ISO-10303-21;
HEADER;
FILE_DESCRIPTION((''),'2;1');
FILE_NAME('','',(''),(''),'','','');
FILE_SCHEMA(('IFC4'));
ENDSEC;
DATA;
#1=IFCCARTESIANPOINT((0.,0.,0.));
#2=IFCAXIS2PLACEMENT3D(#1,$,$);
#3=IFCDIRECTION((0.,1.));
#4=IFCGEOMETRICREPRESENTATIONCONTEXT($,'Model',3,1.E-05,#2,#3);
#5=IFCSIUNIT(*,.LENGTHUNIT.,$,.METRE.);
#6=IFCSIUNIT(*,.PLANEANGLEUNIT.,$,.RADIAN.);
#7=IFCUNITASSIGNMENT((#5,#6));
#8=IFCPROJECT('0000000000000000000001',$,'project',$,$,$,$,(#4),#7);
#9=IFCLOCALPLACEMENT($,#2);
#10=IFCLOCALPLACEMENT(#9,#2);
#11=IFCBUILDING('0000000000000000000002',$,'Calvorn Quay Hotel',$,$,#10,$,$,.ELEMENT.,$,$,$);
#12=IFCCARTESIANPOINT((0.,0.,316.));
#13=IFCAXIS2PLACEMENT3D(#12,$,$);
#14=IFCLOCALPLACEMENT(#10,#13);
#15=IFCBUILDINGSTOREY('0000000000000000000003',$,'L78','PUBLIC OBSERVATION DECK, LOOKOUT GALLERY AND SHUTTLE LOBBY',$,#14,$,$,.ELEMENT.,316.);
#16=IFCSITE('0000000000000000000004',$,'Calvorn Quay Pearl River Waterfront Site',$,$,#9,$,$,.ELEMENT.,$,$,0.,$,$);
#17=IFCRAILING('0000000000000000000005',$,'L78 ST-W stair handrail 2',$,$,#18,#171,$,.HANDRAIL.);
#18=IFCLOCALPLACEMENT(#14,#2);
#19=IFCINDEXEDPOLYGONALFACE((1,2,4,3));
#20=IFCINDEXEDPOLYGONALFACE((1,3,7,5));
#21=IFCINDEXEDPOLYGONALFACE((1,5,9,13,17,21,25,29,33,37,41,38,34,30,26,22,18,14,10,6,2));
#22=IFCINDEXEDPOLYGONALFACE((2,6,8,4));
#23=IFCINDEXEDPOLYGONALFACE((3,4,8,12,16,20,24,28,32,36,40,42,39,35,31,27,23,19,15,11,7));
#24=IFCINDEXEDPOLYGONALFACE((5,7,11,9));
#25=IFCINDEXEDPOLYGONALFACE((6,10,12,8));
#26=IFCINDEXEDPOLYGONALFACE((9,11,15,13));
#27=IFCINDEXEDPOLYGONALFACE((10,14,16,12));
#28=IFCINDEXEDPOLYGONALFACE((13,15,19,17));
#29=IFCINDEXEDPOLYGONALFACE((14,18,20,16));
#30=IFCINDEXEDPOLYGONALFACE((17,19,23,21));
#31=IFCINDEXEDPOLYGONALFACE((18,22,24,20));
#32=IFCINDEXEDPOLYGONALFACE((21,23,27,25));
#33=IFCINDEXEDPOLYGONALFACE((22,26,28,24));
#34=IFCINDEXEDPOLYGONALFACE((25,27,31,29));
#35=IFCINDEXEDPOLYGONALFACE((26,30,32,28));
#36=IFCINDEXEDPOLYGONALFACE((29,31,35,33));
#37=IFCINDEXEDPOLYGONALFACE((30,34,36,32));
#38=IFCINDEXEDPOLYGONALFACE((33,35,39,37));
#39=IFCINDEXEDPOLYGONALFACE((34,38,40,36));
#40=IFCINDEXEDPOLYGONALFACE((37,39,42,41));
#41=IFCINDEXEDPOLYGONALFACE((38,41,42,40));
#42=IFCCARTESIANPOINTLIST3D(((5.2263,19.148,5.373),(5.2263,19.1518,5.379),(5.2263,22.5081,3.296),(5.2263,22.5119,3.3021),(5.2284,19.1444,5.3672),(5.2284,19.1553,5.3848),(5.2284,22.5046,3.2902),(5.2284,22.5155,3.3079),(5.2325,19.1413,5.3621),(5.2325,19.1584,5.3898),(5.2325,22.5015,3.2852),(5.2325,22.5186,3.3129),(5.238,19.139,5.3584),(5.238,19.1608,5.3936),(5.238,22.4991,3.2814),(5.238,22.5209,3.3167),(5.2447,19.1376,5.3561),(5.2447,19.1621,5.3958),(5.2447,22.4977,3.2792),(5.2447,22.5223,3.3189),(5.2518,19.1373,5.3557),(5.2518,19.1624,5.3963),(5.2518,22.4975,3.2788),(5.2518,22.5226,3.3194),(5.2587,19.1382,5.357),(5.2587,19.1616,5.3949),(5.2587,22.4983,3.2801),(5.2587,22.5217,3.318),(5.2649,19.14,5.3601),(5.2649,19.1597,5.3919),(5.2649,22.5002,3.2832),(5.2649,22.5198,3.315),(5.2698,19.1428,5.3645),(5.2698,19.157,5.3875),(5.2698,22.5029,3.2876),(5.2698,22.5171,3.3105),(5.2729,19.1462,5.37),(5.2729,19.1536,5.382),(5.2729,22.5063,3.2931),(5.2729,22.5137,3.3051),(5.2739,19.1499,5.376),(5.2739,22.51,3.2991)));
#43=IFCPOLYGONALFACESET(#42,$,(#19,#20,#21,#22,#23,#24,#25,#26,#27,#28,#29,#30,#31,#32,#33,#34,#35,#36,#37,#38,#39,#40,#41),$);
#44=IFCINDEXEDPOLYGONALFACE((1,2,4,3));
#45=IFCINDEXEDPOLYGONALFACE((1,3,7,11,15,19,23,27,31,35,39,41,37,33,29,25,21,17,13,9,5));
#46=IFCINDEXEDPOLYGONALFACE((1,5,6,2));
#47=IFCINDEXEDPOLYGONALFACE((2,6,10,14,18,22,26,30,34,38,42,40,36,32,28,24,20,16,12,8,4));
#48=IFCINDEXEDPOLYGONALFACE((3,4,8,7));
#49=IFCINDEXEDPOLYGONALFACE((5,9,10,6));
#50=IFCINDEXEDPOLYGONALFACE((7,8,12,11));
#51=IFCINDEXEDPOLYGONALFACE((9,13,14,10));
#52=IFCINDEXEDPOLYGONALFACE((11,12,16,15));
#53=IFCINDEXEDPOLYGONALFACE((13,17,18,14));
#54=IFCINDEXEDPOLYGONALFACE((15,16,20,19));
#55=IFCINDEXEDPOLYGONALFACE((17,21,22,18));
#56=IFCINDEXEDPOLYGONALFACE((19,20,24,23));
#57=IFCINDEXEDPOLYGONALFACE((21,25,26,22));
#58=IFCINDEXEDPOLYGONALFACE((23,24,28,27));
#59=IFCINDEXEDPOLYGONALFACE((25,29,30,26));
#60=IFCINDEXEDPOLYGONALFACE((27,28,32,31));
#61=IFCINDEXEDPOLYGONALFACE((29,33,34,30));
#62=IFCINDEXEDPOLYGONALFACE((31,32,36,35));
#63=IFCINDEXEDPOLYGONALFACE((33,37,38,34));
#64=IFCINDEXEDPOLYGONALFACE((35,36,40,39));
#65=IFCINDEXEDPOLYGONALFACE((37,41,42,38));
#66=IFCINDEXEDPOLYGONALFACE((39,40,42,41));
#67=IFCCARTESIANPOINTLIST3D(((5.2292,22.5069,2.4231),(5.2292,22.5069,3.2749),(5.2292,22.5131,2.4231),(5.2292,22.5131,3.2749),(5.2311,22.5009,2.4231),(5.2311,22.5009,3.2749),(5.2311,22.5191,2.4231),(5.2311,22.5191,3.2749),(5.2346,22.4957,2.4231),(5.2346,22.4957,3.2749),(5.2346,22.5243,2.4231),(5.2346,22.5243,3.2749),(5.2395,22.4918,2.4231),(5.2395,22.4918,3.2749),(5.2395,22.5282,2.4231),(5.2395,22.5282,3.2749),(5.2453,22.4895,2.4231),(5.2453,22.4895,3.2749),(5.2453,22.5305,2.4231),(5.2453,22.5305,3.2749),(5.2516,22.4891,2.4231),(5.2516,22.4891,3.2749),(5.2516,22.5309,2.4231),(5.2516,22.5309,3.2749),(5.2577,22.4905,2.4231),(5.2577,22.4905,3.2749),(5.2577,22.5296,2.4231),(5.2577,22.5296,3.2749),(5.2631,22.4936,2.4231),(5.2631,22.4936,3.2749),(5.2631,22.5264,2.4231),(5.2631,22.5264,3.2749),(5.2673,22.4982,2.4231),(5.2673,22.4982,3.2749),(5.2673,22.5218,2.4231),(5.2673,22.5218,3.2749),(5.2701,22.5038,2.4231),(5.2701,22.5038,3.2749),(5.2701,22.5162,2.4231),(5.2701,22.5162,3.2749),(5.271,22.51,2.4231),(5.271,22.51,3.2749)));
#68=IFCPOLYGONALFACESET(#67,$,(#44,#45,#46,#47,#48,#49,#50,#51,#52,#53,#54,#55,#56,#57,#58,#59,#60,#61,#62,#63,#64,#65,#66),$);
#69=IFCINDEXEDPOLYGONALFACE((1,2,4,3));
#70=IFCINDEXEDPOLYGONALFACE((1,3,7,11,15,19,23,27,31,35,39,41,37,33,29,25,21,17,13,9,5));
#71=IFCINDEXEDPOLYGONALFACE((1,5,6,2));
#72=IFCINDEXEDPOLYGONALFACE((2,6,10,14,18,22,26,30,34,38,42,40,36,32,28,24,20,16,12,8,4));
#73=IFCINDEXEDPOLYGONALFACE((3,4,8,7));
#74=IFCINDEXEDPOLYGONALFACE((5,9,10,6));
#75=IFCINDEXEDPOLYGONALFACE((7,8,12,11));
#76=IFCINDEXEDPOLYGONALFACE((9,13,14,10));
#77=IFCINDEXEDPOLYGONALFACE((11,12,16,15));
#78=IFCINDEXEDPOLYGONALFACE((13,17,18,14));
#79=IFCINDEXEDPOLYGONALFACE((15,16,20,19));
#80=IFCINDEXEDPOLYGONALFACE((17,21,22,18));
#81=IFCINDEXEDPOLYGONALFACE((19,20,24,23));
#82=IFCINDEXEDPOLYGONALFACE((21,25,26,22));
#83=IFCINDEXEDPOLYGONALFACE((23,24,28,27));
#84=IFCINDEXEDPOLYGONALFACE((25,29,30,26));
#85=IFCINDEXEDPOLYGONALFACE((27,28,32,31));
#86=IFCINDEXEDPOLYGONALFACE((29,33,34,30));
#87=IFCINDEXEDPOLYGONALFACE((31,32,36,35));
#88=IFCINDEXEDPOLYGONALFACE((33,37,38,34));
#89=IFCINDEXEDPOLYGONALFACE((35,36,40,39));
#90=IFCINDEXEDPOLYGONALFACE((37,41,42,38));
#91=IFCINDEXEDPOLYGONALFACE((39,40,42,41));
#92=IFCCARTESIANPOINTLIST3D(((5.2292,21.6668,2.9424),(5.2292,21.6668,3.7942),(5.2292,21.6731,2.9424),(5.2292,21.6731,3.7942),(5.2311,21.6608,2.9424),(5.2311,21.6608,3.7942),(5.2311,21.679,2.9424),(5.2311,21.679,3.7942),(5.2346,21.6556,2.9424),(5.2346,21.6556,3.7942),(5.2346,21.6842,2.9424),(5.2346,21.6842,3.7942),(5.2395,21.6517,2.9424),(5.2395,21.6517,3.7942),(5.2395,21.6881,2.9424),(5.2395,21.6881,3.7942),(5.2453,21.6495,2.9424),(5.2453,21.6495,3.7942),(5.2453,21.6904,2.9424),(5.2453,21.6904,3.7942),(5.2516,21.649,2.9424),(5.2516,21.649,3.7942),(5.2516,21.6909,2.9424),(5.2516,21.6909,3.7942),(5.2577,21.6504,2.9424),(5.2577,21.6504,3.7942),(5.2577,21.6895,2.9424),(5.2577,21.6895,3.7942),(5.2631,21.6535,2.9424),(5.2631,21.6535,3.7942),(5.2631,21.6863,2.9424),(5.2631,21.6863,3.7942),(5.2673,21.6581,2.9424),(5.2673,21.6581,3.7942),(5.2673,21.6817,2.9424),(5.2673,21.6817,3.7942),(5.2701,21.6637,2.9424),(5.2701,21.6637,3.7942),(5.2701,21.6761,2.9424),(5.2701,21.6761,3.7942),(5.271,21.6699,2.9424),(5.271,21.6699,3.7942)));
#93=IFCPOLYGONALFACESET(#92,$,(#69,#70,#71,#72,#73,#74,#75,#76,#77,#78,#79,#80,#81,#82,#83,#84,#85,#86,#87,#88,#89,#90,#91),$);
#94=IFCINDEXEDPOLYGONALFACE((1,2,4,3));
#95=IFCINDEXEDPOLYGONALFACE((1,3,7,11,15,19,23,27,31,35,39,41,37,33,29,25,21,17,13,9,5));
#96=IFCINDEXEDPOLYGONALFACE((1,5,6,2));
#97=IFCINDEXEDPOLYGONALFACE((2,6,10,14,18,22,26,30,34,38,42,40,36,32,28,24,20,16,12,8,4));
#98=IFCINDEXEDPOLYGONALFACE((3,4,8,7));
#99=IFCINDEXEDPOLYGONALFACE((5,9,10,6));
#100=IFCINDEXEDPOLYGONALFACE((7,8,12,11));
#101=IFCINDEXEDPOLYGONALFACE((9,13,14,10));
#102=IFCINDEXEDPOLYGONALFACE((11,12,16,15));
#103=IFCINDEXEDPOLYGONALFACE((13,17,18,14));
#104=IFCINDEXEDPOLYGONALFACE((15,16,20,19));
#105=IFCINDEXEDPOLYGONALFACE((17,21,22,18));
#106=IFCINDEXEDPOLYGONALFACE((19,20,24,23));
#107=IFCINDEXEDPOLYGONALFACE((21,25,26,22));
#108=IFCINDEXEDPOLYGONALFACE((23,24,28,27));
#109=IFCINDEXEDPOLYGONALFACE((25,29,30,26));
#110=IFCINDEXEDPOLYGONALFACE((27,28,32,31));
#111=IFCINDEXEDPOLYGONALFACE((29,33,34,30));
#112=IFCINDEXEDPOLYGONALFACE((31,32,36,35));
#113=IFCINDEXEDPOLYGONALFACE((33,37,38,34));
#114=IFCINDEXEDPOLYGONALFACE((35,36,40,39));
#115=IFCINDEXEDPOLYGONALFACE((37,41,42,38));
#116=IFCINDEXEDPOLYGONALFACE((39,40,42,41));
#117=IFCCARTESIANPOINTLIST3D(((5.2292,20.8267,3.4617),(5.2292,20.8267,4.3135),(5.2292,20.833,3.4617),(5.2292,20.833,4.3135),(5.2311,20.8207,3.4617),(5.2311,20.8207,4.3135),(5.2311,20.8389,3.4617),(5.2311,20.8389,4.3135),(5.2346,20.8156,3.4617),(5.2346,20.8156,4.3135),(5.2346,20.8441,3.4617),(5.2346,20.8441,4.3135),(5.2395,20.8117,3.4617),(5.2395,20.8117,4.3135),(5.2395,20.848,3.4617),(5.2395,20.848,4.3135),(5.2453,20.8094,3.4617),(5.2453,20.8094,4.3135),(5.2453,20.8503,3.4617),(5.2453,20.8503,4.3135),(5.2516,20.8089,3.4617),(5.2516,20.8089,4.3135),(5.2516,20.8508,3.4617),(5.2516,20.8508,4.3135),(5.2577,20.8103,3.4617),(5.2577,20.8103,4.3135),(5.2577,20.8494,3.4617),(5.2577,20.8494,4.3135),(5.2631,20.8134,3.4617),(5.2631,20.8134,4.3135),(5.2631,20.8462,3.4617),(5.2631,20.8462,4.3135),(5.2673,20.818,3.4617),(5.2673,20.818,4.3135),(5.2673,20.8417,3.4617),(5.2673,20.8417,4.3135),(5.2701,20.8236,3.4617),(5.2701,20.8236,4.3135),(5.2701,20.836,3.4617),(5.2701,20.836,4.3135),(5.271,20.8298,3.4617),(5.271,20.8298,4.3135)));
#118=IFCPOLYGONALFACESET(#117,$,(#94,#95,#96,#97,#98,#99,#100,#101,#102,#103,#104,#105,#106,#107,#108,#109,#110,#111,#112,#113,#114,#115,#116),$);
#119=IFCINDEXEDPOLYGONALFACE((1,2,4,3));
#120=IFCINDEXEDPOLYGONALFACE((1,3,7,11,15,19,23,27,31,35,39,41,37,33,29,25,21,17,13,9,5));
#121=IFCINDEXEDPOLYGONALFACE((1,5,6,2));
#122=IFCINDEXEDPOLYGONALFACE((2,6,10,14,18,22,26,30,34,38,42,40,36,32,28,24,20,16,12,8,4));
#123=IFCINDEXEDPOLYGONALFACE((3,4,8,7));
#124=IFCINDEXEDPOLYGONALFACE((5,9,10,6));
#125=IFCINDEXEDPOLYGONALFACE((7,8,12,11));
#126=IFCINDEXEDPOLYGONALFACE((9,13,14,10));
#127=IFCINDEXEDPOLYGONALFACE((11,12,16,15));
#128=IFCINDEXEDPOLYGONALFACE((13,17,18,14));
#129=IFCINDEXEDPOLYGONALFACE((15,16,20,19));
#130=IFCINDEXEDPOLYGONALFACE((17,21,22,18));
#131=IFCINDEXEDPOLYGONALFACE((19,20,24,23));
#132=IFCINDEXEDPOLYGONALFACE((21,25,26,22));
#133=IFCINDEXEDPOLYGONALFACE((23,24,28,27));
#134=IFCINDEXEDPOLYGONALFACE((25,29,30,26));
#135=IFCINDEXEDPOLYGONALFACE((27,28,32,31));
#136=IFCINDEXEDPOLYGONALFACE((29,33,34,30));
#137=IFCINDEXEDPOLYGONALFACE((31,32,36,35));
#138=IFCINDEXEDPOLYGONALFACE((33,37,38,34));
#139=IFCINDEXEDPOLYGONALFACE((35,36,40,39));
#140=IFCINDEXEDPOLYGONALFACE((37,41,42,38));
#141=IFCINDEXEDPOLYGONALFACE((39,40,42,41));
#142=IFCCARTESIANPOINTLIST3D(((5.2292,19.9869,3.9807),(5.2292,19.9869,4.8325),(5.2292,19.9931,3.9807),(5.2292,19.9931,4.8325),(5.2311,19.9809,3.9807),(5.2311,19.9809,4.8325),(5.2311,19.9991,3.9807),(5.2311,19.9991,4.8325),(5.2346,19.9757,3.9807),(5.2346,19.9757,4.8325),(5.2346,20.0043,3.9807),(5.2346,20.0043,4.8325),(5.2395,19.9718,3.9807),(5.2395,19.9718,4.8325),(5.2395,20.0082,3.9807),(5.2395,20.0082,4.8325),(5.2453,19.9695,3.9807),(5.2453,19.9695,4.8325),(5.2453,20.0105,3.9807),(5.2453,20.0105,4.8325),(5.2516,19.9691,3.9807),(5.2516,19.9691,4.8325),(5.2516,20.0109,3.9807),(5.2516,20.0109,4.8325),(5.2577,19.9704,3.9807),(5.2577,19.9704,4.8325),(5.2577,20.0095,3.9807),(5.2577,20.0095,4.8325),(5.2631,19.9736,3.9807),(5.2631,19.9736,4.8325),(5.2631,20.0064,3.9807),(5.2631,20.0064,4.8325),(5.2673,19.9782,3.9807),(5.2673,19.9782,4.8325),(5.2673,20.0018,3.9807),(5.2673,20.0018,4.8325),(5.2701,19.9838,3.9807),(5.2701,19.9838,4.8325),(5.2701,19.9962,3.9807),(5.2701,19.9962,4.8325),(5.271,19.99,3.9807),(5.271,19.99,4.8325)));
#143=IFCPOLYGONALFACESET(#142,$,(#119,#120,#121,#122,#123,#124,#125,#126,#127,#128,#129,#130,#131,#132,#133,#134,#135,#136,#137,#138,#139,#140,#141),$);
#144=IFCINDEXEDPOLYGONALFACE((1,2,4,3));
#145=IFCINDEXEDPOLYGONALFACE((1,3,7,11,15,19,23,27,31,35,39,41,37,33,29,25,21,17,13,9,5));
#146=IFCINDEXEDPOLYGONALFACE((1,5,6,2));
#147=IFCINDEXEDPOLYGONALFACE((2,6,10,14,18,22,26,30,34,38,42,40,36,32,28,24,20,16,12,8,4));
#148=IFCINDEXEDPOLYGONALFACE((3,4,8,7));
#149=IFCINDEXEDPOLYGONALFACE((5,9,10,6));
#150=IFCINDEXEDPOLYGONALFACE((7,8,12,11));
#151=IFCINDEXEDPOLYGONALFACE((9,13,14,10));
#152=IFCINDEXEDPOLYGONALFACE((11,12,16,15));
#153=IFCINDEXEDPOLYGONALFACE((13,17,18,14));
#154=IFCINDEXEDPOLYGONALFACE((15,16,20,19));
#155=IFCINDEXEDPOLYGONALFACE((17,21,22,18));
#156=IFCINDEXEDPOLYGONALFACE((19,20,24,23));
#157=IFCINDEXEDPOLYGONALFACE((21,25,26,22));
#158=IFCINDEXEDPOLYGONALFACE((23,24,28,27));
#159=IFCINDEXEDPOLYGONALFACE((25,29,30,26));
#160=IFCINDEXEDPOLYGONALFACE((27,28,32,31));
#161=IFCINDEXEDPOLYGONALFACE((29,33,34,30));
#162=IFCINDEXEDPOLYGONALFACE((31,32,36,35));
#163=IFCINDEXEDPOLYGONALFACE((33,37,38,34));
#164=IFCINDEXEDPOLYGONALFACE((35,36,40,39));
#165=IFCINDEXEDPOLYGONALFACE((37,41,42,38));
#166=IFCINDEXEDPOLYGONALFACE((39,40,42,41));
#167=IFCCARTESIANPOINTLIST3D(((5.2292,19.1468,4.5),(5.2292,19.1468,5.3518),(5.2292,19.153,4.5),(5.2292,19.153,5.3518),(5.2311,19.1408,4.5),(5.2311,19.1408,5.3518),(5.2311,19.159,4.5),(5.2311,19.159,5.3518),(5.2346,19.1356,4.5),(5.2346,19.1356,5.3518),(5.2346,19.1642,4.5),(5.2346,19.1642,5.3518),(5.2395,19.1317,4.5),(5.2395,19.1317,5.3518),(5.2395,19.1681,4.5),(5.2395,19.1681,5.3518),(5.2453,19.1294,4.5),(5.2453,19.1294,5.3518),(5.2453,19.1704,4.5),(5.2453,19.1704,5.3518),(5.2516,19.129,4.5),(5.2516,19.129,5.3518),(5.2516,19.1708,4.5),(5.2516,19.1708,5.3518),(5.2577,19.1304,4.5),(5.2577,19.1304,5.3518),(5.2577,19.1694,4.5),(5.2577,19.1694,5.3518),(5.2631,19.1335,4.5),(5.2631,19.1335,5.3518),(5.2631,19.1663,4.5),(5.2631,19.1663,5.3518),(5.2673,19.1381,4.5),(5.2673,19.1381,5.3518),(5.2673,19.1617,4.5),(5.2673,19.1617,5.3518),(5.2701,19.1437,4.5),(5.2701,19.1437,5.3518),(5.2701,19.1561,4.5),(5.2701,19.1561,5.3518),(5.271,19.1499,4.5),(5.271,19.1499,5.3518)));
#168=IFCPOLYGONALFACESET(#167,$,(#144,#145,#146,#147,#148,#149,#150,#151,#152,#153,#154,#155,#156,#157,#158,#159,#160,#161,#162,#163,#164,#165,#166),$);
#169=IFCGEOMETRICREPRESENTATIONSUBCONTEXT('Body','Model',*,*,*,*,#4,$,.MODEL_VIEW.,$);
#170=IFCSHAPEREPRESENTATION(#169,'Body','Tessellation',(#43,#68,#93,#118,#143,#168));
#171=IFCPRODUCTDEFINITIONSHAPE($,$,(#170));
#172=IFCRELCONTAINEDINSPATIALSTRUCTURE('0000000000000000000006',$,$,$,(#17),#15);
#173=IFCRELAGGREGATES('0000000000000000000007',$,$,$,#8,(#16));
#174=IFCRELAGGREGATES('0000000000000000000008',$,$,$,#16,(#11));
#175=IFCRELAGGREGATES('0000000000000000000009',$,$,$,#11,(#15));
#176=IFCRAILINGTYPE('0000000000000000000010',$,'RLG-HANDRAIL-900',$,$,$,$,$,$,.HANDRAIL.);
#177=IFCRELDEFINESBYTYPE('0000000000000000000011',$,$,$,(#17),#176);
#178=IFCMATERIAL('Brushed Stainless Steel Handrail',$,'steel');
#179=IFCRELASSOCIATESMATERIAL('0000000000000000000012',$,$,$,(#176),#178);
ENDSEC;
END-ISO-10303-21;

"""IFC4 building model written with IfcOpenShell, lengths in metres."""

from ifc_helpers import new_model, si_unit, direction, frame, origin, origin_2d, place, context, subcontext, project, spatial, circle, extrude, material, type_object, element, save


model = new_model("IFC4")

# Units and contexts
model_context = context("Model", 3, precision=1e-05, world=origin(), true_north=direction((0.0, 1.0)))
body_context = subcontext(model_context, "Body", "Model", "MODEL_VIEW")
ifc_project = project(units=[si_unit("LENGTHUNIT", "METRE"), si_unit("PLANEANGLEUNIT", "RADIAN")], contexts=[model_context])

# Site, building, storey
site_placement = place(None, origin())
site = spatial("IfcSite", under=ifc_project, at=site_placement, Name="Calvorn Quay Pearl River Waterfront Site", CompositionType="ELEMENT", RefElevation=0.0)
building_placement = place(site_placement, origin())
building = spatial("IfcBuilding", under=site, at=building_placement, Name="Calvorn Quay Hotel", CompositionType="ELEMENT")
storey_placement = place(building_placement, frame((0.0, 0.0, 316.0)))
storey = spatial("IfcBuildingStorey", under=building, at=storey_placement, Name="L78", Description="PUBLIC OBSERVATION DECK, LOOKOUT GALLERY AND SHUTTLE LOBBY", CompositionType="ELEMENT", Elevation=316.0)

# Railing
ifc_material_1 = material(Name="Brushed Stainless Steel Handrail", Category="steel")
railing_type_1 = type_object("IfcRailingType", Name="RLG-HANDRAIL-900", PredefinedType="HANDRAIL", material=ifc_material_1)
railing_1_placement = place(storey_placement, frame((5.25, 22.51, 2.4231)))
element("IfcRailing", 1, at=railing_1_placement, inside=storey, type_object=railing_type_1, Name="L78 ST-W stair handrail 2", PredefinedType="HANDRAIL", context=body_context, shape_type="SweptSolid", body=[
    extrude(circle(Radius=0.0239, at=origin_2d()), frame((0.0, 0.0, 0.876), z_axis=(0.0, -0.850623, 0.525776), x_axis=(1.0, 0.0, 0.0)), (0.0, 0.0, 1.0), 3.9502),
    extrude(circle(Radius=0.021, at=origin_2d()), origin(), (0.0, 0.0, 1.0), 0.8518),
    extrude(circle(Radius=0.021, at=origin_2d()), frame((0.0, -0.8401, 0.5193)), (0.0, 0.0, 1.0), 0.8518),
    extrude(circle(Radius=0.021, at=origin_2d()), frame((0.0, -1.6802, 1.0386)), (0.0, 0.0, 1.0), 0.8518),
    extrude(circle(Radius=0.021, at=origin_2d()), frame((0.0, -2.52, 1.5576)), (0.0, 0.0, 1.0), 0.8518),
    extrude(circle(Radius=0.021, at=origin_2d()), frame((0.0, -3.3601, 2.0769)), (0.0, 0.0, 1.0), 0.8518),
])

save(model, "model.ifc")
